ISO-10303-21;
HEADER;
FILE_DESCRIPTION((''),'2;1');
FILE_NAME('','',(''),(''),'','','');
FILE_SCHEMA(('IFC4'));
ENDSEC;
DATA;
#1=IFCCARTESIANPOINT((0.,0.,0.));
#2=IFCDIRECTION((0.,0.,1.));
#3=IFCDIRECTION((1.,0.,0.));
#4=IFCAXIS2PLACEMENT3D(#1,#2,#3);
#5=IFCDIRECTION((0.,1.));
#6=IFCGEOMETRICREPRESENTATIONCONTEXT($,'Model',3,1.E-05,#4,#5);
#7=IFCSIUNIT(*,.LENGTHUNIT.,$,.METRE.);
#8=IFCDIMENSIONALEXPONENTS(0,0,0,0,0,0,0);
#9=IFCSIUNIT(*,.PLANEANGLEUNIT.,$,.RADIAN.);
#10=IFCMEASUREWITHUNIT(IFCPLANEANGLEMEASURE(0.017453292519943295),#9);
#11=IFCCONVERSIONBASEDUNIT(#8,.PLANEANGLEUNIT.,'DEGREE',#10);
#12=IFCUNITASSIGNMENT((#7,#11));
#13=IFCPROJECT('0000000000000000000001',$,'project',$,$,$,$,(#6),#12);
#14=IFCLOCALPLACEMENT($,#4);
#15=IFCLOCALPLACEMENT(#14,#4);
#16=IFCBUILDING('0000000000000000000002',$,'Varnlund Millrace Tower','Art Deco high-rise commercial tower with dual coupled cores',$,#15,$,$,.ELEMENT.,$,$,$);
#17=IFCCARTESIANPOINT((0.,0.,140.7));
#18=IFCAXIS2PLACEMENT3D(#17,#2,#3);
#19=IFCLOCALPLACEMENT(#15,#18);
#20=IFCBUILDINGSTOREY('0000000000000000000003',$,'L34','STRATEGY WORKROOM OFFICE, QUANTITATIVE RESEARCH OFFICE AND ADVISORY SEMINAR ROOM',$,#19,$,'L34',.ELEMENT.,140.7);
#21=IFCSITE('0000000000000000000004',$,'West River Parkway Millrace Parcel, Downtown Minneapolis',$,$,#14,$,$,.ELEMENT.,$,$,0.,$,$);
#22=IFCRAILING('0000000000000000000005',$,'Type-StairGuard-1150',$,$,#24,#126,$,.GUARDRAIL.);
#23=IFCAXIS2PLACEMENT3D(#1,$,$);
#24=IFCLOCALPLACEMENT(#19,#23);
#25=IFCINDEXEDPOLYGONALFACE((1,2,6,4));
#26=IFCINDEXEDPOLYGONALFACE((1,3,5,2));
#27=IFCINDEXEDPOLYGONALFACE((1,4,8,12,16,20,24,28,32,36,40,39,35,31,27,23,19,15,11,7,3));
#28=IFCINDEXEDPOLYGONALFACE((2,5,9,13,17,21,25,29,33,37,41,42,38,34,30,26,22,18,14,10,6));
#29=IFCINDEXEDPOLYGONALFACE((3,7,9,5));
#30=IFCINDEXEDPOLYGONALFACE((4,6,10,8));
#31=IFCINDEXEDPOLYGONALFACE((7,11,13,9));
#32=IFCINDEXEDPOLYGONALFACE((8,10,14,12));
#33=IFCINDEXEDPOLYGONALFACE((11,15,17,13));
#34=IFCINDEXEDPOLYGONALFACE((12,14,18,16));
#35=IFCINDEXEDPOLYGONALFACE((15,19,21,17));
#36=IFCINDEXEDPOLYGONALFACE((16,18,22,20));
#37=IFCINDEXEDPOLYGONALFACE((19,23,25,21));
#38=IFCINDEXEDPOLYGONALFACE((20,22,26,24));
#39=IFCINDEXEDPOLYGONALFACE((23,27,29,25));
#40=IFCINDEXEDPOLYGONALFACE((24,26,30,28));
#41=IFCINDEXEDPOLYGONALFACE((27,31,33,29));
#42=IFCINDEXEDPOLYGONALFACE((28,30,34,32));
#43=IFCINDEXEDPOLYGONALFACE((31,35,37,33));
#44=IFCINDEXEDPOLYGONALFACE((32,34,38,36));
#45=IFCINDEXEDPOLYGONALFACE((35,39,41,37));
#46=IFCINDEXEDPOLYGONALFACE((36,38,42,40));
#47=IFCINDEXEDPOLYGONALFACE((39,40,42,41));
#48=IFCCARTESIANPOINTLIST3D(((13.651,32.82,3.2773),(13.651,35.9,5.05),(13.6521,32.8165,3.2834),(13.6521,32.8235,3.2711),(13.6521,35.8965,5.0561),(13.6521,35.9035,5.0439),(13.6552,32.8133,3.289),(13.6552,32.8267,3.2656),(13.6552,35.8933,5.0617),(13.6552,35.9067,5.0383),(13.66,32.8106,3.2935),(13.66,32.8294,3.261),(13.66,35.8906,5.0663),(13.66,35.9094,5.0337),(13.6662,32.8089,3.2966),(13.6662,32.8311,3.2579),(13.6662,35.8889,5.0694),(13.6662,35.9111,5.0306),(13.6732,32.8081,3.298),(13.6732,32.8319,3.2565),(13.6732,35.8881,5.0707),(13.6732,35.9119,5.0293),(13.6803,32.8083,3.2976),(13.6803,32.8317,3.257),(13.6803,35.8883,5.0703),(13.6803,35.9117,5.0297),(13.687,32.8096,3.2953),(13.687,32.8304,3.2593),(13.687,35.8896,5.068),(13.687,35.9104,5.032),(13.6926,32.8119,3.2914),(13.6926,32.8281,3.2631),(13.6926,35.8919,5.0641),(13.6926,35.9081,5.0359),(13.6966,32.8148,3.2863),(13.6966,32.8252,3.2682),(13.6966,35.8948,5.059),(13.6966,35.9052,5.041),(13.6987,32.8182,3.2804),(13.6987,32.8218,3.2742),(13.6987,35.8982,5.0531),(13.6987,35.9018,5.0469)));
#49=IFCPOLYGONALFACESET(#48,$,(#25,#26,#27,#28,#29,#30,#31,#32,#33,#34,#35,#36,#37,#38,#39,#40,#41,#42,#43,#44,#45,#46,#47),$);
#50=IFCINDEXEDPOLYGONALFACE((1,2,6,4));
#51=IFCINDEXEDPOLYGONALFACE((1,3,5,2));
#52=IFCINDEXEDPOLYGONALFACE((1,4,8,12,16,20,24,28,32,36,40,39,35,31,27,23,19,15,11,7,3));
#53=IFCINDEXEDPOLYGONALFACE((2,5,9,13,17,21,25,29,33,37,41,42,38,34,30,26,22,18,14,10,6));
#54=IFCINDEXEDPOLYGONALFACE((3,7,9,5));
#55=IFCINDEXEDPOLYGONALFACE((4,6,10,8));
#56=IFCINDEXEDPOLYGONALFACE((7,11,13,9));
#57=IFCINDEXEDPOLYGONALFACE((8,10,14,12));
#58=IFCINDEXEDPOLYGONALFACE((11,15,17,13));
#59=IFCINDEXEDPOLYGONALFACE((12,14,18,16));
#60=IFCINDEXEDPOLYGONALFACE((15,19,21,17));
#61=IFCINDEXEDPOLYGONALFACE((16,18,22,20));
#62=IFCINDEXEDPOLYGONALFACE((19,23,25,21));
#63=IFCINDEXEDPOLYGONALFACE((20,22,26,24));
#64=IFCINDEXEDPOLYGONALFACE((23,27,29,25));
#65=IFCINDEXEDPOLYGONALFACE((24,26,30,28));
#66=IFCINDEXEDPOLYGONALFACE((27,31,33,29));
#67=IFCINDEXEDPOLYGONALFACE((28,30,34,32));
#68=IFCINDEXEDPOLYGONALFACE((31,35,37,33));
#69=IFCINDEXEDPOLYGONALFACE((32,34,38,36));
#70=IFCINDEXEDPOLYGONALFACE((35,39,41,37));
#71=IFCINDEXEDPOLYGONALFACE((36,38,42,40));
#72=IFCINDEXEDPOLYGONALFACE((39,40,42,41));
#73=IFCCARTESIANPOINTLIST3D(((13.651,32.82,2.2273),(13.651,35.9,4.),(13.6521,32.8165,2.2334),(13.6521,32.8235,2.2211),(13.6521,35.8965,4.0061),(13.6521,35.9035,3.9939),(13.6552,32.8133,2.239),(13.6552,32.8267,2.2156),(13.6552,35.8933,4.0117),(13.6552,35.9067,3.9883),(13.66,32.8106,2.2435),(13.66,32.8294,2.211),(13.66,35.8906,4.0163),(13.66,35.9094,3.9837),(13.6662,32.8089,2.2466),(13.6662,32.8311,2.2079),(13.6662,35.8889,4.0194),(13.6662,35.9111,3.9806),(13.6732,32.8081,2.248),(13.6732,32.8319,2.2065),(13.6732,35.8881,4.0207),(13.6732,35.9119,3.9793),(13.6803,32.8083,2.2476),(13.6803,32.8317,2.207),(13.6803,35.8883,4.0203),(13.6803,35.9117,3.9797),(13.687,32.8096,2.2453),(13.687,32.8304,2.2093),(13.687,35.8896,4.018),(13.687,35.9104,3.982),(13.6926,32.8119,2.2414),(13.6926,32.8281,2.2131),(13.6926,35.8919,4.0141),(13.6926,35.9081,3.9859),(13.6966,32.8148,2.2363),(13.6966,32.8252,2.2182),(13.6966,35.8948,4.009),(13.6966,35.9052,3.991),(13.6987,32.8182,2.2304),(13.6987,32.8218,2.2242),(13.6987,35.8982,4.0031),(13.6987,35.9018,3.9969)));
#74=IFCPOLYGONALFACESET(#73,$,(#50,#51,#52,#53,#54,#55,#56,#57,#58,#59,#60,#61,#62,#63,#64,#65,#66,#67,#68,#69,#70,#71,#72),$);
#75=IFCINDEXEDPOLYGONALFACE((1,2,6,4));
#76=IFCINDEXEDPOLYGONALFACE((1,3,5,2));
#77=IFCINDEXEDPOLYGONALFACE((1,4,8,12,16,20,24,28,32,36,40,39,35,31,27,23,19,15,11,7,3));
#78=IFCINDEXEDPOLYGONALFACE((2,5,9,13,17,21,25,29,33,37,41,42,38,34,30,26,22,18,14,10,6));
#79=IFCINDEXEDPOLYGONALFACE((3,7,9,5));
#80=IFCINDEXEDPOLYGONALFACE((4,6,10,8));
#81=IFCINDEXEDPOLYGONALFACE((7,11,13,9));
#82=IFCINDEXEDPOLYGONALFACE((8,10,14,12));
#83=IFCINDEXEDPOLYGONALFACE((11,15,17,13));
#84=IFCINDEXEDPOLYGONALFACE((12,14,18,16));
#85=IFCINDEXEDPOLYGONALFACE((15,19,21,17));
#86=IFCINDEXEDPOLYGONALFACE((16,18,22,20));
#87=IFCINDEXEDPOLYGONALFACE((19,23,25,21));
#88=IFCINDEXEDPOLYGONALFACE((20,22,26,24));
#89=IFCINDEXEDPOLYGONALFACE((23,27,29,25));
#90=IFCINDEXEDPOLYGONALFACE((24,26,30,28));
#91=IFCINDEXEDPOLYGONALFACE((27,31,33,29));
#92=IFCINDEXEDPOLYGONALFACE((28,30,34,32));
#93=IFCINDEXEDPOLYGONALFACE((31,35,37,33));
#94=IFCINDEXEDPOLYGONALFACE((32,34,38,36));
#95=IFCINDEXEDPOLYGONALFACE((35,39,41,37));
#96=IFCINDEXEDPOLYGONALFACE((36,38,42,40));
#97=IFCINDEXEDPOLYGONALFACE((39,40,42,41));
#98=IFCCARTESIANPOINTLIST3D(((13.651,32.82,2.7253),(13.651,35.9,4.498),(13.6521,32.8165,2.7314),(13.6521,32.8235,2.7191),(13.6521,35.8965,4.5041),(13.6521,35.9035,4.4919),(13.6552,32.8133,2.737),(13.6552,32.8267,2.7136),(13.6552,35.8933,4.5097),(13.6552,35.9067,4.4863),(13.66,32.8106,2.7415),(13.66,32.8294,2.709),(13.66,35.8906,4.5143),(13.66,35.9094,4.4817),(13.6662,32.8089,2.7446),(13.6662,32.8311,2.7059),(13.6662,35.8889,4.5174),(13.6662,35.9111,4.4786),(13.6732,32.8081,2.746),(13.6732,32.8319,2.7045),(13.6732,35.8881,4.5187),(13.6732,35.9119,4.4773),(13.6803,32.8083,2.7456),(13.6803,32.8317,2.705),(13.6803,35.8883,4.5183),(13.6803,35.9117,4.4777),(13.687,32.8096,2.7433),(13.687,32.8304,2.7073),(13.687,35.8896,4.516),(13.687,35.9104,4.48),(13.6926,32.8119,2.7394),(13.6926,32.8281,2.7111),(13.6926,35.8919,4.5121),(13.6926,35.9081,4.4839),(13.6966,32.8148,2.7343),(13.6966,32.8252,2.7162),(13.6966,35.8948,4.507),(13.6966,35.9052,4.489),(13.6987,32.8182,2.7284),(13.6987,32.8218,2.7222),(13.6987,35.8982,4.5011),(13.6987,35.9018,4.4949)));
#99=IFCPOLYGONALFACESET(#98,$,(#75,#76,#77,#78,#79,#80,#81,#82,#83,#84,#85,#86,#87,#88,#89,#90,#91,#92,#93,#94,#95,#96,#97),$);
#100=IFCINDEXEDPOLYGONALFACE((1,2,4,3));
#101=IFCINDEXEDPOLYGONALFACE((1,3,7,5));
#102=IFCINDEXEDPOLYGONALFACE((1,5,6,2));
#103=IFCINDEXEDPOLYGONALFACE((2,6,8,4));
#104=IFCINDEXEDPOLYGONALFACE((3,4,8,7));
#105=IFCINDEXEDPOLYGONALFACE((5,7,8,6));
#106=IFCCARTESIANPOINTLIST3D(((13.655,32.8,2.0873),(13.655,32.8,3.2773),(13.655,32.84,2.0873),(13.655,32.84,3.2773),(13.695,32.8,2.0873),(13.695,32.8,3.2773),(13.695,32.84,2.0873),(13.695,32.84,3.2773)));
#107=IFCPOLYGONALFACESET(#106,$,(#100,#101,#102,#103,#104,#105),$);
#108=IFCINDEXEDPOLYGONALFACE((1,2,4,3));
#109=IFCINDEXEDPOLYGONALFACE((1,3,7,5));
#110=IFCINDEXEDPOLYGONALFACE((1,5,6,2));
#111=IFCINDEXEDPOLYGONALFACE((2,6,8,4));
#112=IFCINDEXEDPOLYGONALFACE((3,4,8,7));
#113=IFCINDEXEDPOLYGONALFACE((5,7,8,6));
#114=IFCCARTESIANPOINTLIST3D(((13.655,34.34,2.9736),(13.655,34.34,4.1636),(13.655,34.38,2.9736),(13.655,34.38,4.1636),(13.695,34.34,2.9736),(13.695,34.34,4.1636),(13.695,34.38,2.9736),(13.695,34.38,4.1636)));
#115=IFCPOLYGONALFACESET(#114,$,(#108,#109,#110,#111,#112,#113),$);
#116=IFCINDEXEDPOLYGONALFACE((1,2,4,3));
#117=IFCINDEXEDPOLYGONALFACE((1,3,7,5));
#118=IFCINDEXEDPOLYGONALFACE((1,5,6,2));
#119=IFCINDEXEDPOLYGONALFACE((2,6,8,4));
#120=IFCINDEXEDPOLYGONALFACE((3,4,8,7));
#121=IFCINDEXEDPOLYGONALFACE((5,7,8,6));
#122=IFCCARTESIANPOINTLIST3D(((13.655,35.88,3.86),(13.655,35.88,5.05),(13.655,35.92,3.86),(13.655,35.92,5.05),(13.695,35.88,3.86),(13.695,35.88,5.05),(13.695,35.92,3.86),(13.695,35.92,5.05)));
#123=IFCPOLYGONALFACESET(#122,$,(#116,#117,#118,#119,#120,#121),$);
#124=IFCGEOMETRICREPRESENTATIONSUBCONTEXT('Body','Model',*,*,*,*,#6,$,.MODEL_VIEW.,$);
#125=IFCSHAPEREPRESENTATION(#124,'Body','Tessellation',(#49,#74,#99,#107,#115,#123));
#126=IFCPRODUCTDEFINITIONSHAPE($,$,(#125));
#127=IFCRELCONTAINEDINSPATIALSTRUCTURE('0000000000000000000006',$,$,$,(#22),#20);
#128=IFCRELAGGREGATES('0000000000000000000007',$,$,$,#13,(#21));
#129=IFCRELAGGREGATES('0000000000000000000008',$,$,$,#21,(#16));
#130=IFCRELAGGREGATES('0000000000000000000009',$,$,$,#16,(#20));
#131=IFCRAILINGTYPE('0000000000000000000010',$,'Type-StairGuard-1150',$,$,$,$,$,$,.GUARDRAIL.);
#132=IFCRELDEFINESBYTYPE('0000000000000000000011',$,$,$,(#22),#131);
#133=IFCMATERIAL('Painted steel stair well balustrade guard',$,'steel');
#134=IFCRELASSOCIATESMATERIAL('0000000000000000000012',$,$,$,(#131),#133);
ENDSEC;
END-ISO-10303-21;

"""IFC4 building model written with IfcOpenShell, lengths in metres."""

from ifc_helpers import new_model, entity, si_unit, converted_unit, direction, frame, origin_with_axes, origin_2d_with_axis, place, context, subcontext, project, spatial, rectangle, circle, extrude, material, type_object, element, save


model = new_model("IFC4")

# Units and contexts
model_context = context("Model", 3, precision=1e-05, world=origin_with_axes(), true_north=direction((0.0, 1.0)))
body_context = subcontext(model_context, "Body", "Model", "MODEL_VIEW")
ifc_project = project(units=[si_unit("LENGTHUNIT", "METRE"), converted_unit("PLANEANGLEUNIT", "DEGREE", entity("IfcPlaneAngleMeasure", 0.017453292519943295), si_unit("PLANEANGLEUNIT", "RADIAN"), dimensions=[0, 0, 0, 0, 0, 0, 0])], contexts=[model_context])

# Site, building, storey
site_placement = place(None, origin_with_axes())
site = spatial("IfcSite", under=ifc_project, at=site_placement, Name="West River Parkway Millrace Parcel, Downtown Minneapolis", CompositionType="ELEMENT", RefElevation=0.0)
building_placement = place(site_placement, origin_with_axes())
building = spatial("IfcBuilding", under=site, at=building_placement, Name="Varnlund Millrace Tower", Description="Art Deco high-rise commercial tower with dual coupled cores", CompositionType="ELEMENT")
storey_placement = place(building_placement, frame((0.0, 0.0, 140.7), z_axis=(0.0, 0.0, 1.0), x_axis=(1.0, 0.0, 0.0)))
storey = spatial("IfcBuildingStorey", under=building, at=storey_placement, Name="L34", Description="STRATEGY WORKROOM OFFICE, QUANTITATIVE RESEARCH OFFICE AND ADVISORY SEMINAR ROOM", LongName="L34", CompositionType="ELEMENT", Elevation=140.7)

# Railing
ifc_material_1 = material(Name="Painted steel stair well balustrade guard", Category="steel")
railing_type_1 = type_object("IfcRailingType", Name="Type-StairGuard-1150", PredefinedType="GUARDRAIL", material=ifc_material_1)
railing_1_placement = place(storey_placement, frame((0.0, 0.0, -140.7), z_axis=(0.0, 0.0, 1.0), x_axis=(1.0, 0.0, 0.0)))
element("IfcRailing", 1, at=railing_1_placement, inside=storey, type_object=railing_type_1, Name="Type-StairGuard-1150", PredefinedType="GUARDRAIL", context=body_context, shape_type="SweptSolid", body=[
    extrude(circle(Radius=0.024, at=origin_2d_with_axis()), frame((13.675, 32.82, 143.9773), z_axis=(0.0, 0.866696, 0.498836), x_axis=(-1.0, 0.0, 0.0)), (0.0, 0.0, 1.0), 3.5537),
    extrude(circle(Radius=0.024, at=origin_2d_with_axis()), frame((13.675, 32.82, 142.9273), z_axis=(0.0, 0.866696, 0.498836), x_axis=(-1.0, 0.0, 0.0)), (0.0, 0.0, 1.0), 3.5537),
    extrude(circle(Radius=0.024, at=origin_2d_with_axis()), frame((13.675, 32.82, 143.4253), z_axis=(0.0, 0.866696, 0.498836), x_axis=(-1.0, 0.0, 0.0)), (0.0, 0.0, 1.0), 3.5537),
    extrude(rectangle(XDim=0.04, YDim=0.04, at=origin_2d_with_axis()), frame((13.675, 32.82, 142.7873), z_axis=(0.0, 0.0, 1.0), x_axis=(1.0, 0.0, 0.0)), (0.0, 0.0, 1.0), 1.19),
    extrude(rectangle(XDim=0.04, YDim=0.04, at=origin_2d_with_axis()), frame((13.675, 34.36, 143.6736), z_axis=(0.0, 0.0, 1.0), x_axis=(1.0, 0.0, 0.0)), (0.0, 0.0, 1.0), 1.19),
    extrude(rectangle(XDim=0.04, YDim=0.04, at=origin_2d_with_axis()), frame((13.675, 35.9, 144.56), z_axis=(0.0, 0.0, 1.0), x_axis=(1.0, 0.0, 0.0)), (0.0, 0.0, 1.0), 1.19),
])

save(model, "model.ifc")
